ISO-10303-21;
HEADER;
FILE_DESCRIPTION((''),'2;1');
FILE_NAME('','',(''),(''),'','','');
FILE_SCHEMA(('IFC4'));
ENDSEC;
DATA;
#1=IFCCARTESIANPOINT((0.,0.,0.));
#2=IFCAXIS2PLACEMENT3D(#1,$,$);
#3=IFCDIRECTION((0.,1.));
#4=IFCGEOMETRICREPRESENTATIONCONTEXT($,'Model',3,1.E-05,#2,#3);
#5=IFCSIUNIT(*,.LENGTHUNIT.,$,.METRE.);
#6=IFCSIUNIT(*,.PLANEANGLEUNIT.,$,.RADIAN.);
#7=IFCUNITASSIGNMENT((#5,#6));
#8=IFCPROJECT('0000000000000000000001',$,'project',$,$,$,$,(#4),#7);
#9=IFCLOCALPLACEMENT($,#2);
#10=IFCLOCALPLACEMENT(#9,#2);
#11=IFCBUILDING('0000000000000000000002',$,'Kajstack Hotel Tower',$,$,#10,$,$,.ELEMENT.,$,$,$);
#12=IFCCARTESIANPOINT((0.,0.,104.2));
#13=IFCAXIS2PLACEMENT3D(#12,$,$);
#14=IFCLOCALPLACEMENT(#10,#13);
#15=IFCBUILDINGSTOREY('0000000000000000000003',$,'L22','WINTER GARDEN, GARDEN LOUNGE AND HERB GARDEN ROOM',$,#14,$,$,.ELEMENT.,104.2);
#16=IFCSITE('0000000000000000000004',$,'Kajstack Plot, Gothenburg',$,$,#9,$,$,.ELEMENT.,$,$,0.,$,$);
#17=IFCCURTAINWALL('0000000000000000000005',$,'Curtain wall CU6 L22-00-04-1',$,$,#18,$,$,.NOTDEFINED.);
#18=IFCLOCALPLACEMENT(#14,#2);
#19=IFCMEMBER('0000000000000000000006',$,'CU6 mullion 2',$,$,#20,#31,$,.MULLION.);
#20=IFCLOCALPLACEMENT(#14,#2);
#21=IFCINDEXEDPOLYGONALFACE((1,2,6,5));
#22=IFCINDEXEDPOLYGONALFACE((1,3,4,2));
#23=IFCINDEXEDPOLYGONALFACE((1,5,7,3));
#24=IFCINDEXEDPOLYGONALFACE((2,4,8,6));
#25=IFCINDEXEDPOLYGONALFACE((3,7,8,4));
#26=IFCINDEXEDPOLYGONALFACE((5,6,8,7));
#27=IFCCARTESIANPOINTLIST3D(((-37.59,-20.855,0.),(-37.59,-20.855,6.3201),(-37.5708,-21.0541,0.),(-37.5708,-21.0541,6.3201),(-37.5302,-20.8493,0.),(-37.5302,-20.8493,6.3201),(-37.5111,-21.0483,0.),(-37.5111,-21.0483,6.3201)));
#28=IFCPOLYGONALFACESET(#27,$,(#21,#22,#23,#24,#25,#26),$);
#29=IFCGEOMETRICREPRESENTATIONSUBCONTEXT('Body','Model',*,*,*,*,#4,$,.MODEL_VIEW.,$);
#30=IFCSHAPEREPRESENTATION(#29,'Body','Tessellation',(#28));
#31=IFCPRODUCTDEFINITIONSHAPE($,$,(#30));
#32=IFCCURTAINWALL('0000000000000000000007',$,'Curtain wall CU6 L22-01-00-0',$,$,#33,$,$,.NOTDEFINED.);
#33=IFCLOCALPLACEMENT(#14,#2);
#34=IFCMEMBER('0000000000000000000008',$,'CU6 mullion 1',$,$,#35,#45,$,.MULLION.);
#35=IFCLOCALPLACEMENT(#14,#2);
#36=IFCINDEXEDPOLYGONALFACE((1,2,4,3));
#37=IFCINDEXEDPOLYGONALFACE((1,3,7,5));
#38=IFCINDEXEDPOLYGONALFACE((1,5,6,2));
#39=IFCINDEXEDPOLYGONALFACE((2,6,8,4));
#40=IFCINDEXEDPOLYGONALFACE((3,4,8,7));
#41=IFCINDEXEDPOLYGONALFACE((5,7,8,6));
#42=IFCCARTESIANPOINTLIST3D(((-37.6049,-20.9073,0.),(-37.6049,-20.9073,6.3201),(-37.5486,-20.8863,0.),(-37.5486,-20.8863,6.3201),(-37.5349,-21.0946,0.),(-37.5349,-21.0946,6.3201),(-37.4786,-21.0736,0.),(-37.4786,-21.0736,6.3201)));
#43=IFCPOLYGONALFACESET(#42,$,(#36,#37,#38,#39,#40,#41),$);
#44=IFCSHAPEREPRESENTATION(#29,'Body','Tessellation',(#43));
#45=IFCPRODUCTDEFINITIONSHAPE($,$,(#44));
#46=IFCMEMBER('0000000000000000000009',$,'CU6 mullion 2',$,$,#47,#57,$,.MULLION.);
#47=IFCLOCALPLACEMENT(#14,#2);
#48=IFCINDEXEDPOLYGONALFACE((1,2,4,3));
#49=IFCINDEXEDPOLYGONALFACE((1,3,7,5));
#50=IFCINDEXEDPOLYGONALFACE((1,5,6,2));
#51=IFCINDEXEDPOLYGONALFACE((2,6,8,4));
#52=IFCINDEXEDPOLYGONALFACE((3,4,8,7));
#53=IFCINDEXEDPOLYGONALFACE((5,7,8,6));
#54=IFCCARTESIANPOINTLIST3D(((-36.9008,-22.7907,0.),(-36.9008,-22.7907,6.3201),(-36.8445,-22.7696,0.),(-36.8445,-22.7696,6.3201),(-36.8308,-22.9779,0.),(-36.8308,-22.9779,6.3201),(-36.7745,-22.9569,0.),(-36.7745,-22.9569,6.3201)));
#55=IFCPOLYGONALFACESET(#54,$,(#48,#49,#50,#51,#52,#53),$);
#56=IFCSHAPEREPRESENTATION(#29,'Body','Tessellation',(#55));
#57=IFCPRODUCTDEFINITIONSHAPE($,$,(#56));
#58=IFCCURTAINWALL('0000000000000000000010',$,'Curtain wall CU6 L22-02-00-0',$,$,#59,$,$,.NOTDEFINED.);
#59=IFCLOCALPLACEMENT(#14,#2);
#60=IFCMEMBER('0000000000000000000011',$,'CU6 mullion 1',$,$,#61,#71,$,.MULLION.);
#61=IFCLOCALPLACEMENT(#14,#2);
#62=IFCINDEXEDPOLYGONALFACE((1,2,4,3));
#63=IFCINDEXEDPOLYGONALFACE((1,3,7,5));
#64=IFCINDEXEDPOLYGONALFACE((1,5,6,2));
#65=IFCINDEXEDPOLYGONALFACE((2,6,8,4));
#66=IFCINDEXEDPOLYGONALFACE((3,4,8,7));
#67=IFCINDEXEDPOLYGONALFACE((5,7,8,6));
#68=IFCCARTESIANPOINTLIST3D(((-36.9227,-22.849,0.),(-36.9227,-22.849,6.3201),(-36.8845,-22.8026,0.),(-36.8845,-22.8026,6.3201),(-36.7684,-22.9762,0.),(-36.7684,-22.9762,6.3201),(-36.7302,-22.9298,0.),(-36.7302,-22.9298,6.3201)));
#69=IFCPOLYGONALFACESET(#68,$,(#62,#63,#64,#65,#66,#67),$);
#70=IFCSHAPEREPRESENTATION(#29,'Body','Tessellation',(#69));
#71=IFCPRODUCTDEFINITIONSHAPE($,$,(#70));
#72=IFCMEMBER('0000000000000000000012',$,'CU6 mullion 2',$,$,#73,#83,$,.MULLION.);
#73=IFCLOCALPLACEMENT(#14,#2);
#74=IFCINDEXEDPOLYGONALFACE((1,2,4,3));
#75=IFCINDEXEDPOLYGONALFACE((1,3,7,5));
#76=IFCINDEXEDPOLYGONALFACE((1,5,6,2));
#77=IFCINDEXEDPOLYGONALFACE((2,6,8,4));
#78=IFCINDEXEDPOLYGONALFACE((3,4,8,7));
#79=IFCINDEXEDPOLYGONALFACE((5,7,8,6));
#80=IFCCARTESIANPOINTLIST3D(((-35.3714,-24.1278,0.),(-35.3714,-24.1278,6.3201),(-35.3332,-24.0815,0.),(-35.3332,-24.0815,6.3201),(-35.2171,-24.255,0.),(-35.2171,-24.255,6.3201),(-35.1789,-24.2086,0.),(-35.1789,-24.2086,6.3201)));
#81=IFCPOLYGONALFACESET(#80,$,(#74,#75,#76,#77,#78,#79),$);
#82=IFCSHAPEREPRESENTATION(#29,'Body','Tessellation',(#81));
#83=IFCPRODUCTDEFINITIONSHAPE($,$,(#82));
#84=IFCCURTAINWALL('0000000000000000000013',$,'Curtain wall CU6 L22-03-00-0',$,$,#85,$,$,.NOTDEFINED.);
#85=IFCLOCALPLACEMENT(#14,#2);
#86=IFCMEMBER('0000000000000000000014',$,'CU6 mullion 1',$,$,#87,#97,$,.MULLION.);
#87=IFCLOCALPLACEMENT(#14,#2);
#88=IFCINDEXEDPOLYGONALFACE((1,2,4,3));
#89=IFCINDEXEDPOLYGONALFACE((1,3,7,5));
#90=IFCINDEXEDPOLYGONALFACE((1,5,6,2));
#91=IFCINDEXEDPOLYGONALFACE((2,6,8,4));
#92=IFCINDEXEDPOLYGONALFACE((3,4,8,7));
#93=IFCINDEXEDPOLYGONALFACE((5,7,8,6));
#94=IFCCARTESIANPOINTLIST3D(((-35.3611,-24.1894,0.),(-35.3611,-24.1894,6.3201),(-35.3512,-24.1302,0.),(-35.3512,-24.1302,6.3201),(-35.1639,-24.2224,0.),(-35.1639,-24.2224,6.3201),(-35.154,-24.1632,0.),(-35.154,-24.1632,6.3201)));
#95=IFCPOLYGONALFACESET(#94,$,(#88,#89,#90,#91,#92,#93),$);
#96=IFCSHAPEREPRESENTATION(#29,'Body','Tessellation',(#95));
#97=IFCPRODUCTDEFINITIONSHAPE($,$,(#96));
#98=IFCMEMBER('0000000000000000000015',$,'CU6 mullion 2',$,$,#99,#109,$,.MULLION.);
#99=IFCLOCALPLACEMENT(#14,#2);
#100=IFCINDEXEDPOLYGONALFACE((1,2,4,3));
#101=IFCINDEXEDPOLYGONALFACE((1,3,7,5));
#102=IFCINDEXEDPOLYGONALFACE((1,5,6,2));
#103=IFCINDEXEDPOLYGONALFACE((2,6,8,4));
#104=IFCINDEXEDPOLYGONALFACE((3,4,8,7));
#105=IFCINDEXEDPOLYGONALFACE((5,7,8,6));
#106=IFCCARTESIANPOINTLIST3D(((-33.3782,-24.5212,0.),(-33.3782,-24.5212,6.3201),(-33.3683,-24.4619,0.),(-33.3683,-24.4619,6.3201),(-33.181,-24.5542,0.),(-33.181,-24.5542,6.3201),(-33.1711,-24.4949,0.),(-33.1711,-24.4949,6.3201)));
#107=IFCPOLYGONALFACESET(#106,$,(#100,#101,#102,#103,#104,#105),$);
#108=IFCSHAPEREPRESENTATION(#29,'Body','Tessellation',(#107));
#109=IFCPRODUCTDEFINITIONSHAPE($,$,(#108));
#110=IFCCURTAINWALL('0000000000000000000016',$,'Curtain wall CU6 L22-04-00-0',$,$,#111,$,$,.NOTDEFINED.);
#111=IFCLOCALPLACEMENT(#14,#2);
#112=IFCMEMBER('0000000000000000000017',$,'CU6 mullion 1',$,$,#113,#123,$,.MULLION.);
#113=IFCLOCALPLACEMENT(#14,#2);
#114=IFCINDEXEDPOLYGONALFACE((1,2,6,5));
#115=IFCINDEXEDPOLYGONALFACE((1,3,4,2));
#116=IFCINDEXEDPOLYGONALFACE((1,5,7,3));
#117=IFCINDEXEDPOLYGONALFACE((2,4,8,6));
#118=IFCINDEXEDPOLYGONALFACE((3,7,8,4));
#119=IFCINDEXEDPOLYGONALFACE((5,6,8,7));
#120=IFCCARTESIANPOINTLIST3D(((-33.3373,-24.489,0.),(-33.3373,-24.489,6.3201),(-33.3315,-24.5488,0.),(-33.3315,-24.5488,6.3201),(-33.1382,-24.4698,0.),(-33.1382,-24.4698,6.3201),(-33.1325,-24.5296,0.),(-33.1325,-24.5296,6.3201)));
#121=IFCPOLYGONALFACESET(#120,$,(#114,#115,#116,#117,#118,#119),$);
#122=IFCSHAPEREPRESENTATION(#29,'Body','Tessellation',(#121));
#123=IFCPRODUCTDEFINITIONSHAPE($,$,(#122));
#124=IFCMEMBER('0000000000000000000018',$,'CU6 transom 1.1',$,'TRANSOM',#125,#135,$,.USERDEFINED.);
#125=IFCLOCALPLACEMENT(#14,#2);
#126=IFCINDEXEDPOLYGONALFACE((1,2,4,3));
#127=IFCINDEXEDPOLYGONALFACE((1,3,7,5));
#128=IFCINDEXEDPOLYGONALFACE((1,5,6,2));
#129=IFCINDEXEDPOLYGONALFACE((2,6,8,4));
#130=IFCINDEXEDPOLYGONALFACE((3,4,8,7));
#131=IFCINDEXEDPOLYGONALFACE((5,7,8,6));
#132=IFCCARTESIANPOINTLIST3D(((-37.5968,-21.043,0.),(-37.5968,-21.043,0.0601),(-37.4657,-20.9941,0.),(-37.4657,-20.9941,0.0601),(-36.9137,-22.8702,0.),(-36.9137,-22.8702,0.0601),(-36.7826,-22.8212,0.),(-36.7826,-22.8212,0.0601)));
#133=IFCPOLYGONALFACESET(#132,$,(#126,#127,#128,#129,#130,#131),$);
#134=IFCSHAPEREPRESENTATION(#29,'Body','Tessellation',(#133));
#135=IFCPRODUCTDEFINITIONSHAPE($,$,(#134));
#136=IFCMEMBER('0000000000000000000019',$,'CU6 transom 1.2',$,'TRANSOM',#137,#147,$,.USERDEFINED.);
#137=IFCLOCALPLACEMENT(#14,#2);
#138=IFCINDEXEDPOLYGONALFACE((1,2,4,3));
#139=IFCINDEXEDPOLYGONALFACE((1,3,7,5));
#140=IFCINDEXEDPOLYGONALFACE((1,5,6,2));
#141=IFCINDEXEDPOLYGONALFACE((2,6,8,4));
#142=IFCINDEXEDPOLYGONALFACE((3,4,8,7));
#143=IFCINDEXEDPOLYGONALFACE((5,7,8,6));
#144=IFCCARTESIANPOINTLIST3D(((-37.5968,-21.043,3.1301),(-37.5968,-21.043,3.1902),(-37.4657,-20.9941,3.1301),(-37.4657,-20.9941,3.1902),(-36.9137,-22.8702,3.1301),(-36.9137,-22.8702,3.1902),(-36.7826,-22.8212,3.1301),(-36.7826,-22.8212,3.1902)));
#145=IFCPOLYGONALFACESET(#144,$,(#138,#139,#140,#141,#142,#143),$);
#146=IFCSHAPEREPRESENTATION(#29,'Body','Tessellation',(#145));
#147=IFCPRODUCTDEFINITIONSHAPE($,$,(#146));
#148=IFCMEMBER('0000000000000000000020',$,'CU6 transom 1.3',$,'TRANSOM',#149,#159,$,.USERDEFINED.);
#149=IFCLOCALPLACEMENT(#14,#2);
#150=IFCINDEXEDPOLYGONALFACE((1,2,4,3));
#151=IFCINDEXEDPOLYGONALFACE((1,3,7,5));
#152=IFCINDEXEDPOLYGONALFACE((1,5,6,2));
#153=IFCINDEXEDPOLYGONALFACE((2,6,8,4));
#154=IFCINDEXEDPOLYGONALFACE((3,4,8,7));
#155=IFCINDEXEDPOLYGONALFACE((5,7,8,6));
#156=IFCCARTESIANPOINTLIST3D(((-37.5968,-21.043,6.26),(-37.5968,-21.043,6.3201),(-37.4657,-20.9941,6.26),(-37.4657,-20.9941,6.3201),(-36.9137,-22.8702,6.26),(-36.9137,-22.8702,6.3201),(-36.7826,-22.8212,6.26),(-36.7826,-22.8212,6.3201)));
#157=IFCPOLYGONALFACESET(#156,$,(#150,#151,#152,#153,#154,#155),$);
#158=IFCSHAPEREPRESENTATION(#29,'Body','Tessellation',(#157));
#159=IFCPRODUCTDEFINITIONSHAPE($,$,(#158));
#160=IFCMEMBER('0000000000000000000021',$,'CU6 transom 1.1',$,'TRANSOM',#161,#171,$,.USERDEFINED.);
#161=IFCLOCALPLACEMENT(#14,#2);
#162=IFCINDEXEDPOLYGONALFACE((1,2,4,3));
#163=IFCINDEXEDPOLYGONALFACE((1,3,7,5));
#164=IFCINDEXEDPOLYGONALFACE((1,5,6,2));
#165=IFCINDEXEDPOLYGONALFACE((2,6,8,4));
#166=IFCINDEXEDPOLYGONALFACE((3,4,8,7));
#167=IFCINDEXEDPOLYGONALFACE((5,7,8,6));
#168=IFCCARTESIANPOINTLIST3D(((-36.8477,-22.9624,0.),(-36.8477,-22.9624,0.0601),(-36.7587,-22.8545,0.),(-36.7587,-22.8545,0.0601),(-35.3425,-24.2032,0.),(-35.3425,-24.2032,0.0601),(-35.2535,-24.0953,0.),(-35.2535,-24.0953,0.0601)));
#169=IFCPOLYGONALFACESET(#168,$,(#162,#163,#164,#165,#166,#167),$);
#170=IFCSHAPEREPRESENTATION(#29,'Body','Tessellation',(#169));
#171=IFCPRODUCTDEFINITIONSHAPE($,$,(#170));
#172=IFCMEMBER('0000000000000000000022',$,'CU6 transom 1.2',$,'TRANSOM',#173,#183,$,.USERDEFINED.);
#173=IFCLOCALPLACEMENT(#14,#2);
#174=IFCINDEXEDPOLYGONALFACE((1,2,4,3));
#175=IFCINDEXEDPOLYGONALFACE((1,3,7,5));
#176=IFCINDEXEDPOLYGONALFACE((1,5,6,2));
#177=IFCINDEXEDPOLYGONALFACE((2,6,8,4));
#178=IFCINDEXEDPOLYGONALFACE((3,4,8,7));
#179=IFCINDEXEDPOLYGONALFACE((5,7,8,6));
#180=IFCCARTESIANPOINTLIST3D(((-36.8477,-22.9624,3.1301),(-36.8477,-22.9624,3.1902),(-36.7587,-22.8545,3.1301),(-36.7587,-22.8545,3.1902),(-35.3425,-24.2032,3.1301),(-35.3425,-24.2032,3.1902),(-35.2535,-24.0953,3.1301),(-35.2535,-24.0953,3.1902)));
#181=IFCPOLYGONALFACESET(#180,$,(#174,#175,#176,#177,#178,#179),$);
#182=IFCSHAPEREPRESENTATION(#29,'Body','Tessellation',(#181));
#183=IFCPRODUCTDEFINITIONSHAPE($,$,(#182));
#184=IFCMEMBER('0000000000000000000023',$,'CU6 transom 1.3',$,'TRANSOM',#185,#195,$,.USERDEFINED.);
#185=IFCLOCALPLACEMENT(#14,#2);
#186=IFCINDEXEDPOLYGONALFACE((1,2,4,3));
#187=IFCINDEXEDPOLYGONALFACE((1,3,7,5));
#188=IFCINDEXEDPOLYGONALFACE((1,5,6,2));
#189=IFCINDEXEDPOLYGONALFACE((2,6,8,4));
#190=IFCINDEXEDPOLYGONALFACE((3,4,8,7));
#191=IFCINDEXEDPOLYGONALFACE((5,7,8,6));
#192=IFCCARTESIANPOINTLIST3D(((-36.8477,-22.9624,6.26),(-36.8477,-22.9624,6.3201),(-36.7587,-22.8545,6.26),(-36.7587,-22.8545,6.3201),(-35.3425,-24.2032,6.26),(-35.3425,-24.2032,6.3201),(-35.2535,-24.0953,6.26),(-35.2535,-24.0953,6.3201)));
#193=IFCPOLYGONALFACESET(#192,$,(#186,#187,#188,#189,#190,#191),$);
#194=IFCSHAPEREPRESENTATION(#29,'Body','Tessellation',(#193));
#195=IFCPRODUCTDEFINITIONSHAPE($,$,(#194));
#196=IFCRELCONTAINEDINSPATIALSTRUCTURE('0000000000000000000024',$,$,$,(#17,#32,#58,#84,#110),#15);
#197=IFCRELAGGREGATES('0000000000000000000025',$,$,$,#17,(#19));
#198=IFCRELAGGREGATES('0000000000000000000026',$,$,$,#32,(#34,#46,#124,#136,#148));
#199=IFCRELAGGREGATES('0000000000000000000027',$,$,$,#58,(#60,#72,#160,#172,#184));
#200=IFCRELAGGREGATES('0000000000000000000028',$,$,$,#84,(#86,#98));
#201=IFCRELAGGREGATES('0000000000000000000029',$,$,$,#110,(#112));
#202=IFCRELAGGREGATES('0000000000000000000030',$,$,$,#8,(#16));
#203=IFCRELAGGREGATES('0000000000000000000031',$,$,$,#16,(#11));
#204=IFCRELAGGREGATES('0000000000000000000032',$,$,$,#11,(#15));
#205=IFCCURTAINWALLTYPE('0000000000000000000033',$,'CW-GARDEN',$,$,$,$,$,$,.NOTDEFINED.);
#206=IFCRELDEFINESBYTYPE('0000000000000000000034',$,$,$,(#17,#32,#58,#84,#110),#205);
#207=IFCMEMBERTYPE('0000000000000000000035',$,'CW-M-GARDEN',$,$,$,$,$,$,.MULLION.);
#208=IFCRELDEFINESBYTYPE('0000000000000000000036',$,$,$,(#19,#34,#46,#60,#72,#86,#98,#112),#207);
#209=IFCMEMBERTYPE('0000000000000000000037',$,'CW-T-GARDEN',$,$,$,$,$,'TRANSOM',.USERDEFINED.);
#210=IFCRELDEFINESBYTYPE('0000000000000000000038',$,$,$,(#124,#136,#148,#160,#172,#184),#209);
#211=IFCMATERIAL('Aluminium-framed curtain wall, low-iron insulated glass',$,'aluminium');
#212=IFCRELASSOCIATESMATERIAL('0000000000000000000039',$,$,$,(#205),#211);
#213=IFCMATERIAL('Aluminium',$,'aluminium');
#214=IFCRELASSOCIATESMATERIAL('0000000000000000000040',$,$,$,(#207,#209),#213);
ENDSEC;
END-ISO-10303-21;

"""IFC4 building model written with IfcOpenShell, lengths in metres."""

from ifc_helpers import new_model, si_unit, direction, frame, origin, origin_2d, place, context, subcontext, project, spatial, rectangle, extrude, material, material_profile, profile_set, type_object, element, aggregate, save


model = new_model("IFC4")

# Units and contexts
model_context = context("Model", 3, precision=1e-05, world=origin(), true_north=direction((0.0, 1.0)))
body_context = subcontext(model_context, "Body", "Model", "MODEL_VIEW")
ifc_project = project(units=[si_unit("LENGTHUNIT", "METRE"), si_unit("PLANEANGLEUNIT", "RADIAN")], contexts=[model_context])

# Site, building, storey
site_placement = place(None, origin())
site = spatial("IfcSite", under=ifc_project, at=site_placement, Name="Kajstack Plot, Gothenburg", CompositionType="ELEMENT", RefElevation=0.0)
building_placement = place(site_placement, origin())
building = spatial("IfcBuilding", under=site, at=building_placement, Name="Kajstack Hotel Tower", CompositionType="ELEMENT")
storey_placement = place(building_placement, frame((0.0, 0.0, 104.2)))
storey = spatial("IfcBuildingStorey", under=building, at=storey_placement, Name="L22", Description="WINTER GARDEN, GARDEN LOUNGE AND HERB GARDEN ROOM", CompositionType="ELEMENT", Elevation=104.2)

# Curtain wall, member
ifc_material_1 = material(Name="Aluminium-framed curtain wall, low-iron insulated glass", Category="aluminium")
curtain_wall_type = type_object("IfcCurtainWallType", Name="CW-GARDEN", PredefinedType="NOTDEFINED", material=ifc_material_1)
curtain_wall_1_placement = place(storey_placement, origin())
curtain_wall_1 = element("IfcCurtainWall", 1, at=curtain_wall_1_placement, inside=storey, type_object=curtain_wall_type, Name="Curtain wall CU6 L22-00-04-1", PredefinedType="NOTDEFINED")
ifc_material_2 = material(Name="Aluminium", Category="aluminium")
ifc_material_profile_1 = material_profile(ifc_material_2, rectangle(XDim=0.0601, YDim=0.2, at=origin_2d()), Name="Aluminium mullion 60 x 200")
ifc_profile_set_1 = profile_set([ifc_material_profile_1], Name="Aluminium")
member_type_1 = type_object("IfcMemberType", Name="CW-M-GARDEN", PredefinedType="MULLION", material=ifc_profile_set_1)
member_1_placement = place(storey_placement, frame((-37.5505, -20.9517, 0.0), z_axis=(0.0, 0.0, 1.0), x_axis=(0.995396, 0.095846, 0.0)))
member_1 = element("IfcMember", 2, at=member_1_placement, type_object=member_type_1, Name="CU6 mullion 2", PredefinedType="MULLION", context=body_context, shape_type="SweptSolid", body=[
    extrude(rectangle(XDim=0.0601, YDim=0.2, at=origin_2d()), origin(), (0.0, 0.0, 1.0), 6.3201),
])

# Curtain walls, members
curtain_wall_2_placement = place(storey_placement, origin())
curtain_wall_2 = element("IfcCurtainWall", 3, at=curtain_wall_2_placement, inside=storey, type_object=curtain_wall_type, Name="Curtain wall CU6 L22-01-00-0", PredefinedType="NOTDEFINED")
member_2_placement = place(storey_placement, frame((-37.5417, -20.9905, 0.0), z_axis=(0.0, 0.0, 1.0), x_axis=(0.93668, 0.350186, 0.0)))
member_2 = element("IfcMember", 4, at=member_2_placement, type_object=member_type_1, Name="CU6 mullion 1", PredefinedType="MULLION", context=body_context, shape_type="SweptSolid", body=[
    extrude(rectangle(XDim=0.0601, YDim=0.2, at=origin_2d()), origin(), (0.0, 0.0, 1.0), 6.3201),
])
member_3_placement = place(storey_placement, frame((-36.8376, -22.8738, 0.0), z_axis=(0.0, 0.0, 1.0), x_axis=(0.93668, 0.350186, 0.0)))
member_3 = element("IfcMember", 5, at=member_3_placement, type_object=member_type_1, Name="CU6 mullion 2", PredefinedType="MULLION", context=body_context, shape_type="SweptSolid", body=[
    extrude(rectangle(XDim=0.0601, YDim=0.2, at=origin_2d()), origin(), (0.0, 0.0, 1.0), 6.3201),
])
curtain_wall_3_placement = place(storey_placement, origin())
curtain_wall_3 = element("IfcCurtainWall", 6, at=curtain_wall_3_placement, inside=storey, type_object=curtain_wall_type, Name="Curtain wall CU6 L22-02-00-0", PredefinedType="NOTDEFINED")
member_4_placement = place(storey_placement, frame((-36.8264, -22.8894, 0.0), z_axis=(0.0, 0.0, 1.0), x_axis=(0.636066, 0.771635, 0.0)))
member_4 = element("IfcMember", 7, at=member_4_placement, type_object=member_type_1, Name="CU6 mullion 1", PredefinedType="MULLION", context=body_context, shape_type="SweptSolid", body=[
    extrude(rectangle(XDim=0.0601, YDim=0.2, at=origin_2d()), origin(), (0.0, 0.0, 1.0), 6.3201),
])
member_5_placement = place(storey_placement, frame((-35.2751, -24.1682, 0.0), z_axis=(0.0, 0.0, 1.0), x_axis=(0.636066, 0.771635, 0.0)))
member_5 = element("IfcMember", 8, at=member_5_placement, type_object=member_type_1, Name="CU6 mullion 2", PredefinedType="MULLION", context=body_context, shape_type="SweptSolid", body=[
    extrude(rectangle(XDim=0.0601, YDim=0.2, at=origin_2d()), origin(), (0.0, 0.0, 1.0), 6.3201),
])
curtain_wall_4_placement = place(storey_placement, origin())
curtain_wall_4 = element("IfcCurtainWall", 9, at=curtain_wall_4_placement, inside=storey, type_object=curtain_wall_type, Name="Curtain wall CU6 L22-03-00-0", PredefinedType="NOTDEFINED")
member_6_placement = place(storey_placement, frame((-35.2576, -24.1763, 0.0), z_axis=(0.0, 0.0, 1.0), x_axis=(0.165033, 0.986288, 0.0)))
member_6 = element("IfcMember", 10, at=member_6_placement, type_object=member_type_1, Name="CU6 mullion 1", PredefinedType="MULLION", context=body_context, shape_type="SweptSolid", body=[
    extrude(rectangle(XDim=0.0601, YDim=0.2, at=origin_2d()), origin(), (0.0, 0.0, 1.0), 6.3201),
])
member_7_placement = place(storey_placement, frame((-33.2747, -24.5081, 0.0), z_axis=(0.0, 0.0, 1.0), x_axis=(0.165033, 0.986288, 0.0)))
member_7 = element("IfcMember", 11, at=member_7_placement, type_object=member_type_1, Name="CU6 mullion 2", PredefinedType="MULLION", context=body_context, shape_type="SweptSolid", body=[
    extrude(rectangle(XDim=0.0601, YDim=0.2, at=origin_2d()), origin(), (0.0, 0.0, 1.0), 6.3201),
])

# Curtain wall, member
curtain_wall_5_placement = place(storey_placement, origin())
curtain_wall_5 = element("IfcCurtainWall", 12, at=curtain_wall_5_placement, inside=storey, type_object=curtain_wall_type, Name="Curtain wall CU6 L22-04-00-0", PredefinedType="NOTDEFINED")
member_8_placement = place(storey_placement, frame((-33.2349, -24.5093, 0.0), z_axis=(0.0, 0.0, 1.0), x_axis=(-0.095846, 0.995396, 0.0)))
member_8 = element("IfcMember", 13, at=member_8_placement, type_object=member_type_1, Name="CU6 mullion 1", PredefinedType="MULLION", context=body_context, shape_type="SweptSolid", body=[
    extrude(rectangle(XDim=0.0601, YDim=0.2, at=origin_2d()), origin(), (0.0, 0.0, 1.0), 6.3201),
])

# Members
ifc_material_profile_2 = material_profile(ifc_material_2, rectangle(XDim=0.1399, YDim=0.0601, at=origin_2d()), Name="Aluminium transom 140 x 60")
ifc_profile_set_2 = profile_set([ifc_material_profile_2], Name="Aluminium")
member_type_2 = type_object("IfcMemberType", Name="CW-T-GARDEN", ElementType="TRANSOM", PredefinedType="USERDEFINED", material=ifc_profile_set_2)
member_9_placement = place(storey_placement, frame((-37.5312, -21.0186, 0.03), z_axis=(0.350191, -0.936678, 0.0), x_axis=(0.936678, 0.350191, 0.0)))
member_9 = element("IfcMember", 14, at=member_9_placement, type_object=member_type_2, Name="CU6 transom 1.1", ObjectType="TRANSOM", PredefinedType="USERDEFINED", context=body_context, shape_type="SweptSolid", body=[
    extrude(rectangle(XDim=0.1399, YDim=0.0601, at=origin_2d()), origin(), (0.0, 0.0, 1.0), 1.9507),
])
member_10_placement = place(storey_placement, frame((-37.5312, -21.0186, 3.1602), z_axis=(0.350191, -0.936678, 0.0), x_axis=(0.936678, 0.350191, 0.0)))
member_10 = element("IfcMember", 15, at=member_10_placement, type_object=member_type_2, Name="CU6 transom 1.2", ObjectType="TRANSOM", PredefinedType="USERDEFINED", context=body_context, shape_type="SweptSolid", body=[
    extrude(rectangle(XDim=0.1399, YDim=0.0601, at=origin_2d()), origin(), (0.0, 0.0, 1.0), 1.9507),
])
member_11_placement = place(storey_placement, frame((-37.5312, -21.0186, 6.29), z_axis=(0.350191, -0.936678, 0.0), x_axis=(0.936678, 0.350191, 0.0)))
member_11 = element("IfcMember", 16, at=member_11_placement, type_object=member_type_2, Name="CU6 transom 1.3", ObjectType="TRANSOM", PredefinedType="USERDEFINED", context=body_context, shape_type="SweptSolid", body=[
    extrude(rectangle(XDim=0.1399, YDim=0.0601, at=origin_2d()), origin(), (0.0, 0.0, 1.0), 1.9507),
])
member_12_placement = place(storey_placement, frame((-36.8032, -22.9084, 0.03), z_axis=(0.771627, -0.636076, 0.0), x_axis=(0.636076, 0.771627, 0.0)))
member_12 = element("IfcMember", 17, at=member_12_placement, type_object=member_type_2, Name="CU6 transom 1.1", ObjectType="TRANSOM", PredefinedType="USERDEFINED", context=body_context, shape_type="SweptSolid", body=[
    extrude(rectangle(XDim=0.1399, YDim=0.0601, at=origin_2d()), origin(), (0.0, 0.0, 1.0), 1.9507),
])
member_13_placement = place(storey_placement, frame((-36.8032, -22.9084, 3.1602), z_axis=(0.771627, -0.636076, 0.0), x_axis=(0.636076, 0.771627, 0.0)))
member_13 = element("IfcMember", 18, at=member_13_placement, type_object=member_type_2, Name="CU6 transom 1.2", ObjectType="TRANSOM", PredefinedType="USERDEFINED", context=body_context, shape_type="SweptSolid", body=[
    extrude(rectangle(XDim=0.1399, YDim=0.0601, at=origin_2d()), origin(), (0.0, 0.0, 1.0), 1.9507),
])
member_14_placement = place(storey_placement, frame((-36.8032, -22.9084, 6.29), z_axis=(0.771627, -0.636076, 0.0), x_axis=(0.636076, 0.771627, 0.0)))
member_14 = element("IfcMember", 19, at=member_14_placement, type_object=member_type_2, Name="CU6 transom 1.3", ObjectType="TRANSOM", PredefinedType="USERDEFINED", context=body_context, shape_type="SweptSolid", body=[
    extrude(rectangle(XDim=0.1399, YDim=0.0601, at=origin_2d()), origin(), (0.0, 0.0, 1.0), 1.9507),
])

aggregate(curtain_wall_1, [member_1])
aggregate(curtain_wall_2, [member_2, member_3, member_9, member_10, member_11])
aggregate(curtain_wall_3, [member_4, member_5, member_12, member_13, member_14])
aggregate(curtain_wall_4, [member_6, member_7])
aggregate(curtain_wall_5, [member_8])

save(model, "model.ifc")
